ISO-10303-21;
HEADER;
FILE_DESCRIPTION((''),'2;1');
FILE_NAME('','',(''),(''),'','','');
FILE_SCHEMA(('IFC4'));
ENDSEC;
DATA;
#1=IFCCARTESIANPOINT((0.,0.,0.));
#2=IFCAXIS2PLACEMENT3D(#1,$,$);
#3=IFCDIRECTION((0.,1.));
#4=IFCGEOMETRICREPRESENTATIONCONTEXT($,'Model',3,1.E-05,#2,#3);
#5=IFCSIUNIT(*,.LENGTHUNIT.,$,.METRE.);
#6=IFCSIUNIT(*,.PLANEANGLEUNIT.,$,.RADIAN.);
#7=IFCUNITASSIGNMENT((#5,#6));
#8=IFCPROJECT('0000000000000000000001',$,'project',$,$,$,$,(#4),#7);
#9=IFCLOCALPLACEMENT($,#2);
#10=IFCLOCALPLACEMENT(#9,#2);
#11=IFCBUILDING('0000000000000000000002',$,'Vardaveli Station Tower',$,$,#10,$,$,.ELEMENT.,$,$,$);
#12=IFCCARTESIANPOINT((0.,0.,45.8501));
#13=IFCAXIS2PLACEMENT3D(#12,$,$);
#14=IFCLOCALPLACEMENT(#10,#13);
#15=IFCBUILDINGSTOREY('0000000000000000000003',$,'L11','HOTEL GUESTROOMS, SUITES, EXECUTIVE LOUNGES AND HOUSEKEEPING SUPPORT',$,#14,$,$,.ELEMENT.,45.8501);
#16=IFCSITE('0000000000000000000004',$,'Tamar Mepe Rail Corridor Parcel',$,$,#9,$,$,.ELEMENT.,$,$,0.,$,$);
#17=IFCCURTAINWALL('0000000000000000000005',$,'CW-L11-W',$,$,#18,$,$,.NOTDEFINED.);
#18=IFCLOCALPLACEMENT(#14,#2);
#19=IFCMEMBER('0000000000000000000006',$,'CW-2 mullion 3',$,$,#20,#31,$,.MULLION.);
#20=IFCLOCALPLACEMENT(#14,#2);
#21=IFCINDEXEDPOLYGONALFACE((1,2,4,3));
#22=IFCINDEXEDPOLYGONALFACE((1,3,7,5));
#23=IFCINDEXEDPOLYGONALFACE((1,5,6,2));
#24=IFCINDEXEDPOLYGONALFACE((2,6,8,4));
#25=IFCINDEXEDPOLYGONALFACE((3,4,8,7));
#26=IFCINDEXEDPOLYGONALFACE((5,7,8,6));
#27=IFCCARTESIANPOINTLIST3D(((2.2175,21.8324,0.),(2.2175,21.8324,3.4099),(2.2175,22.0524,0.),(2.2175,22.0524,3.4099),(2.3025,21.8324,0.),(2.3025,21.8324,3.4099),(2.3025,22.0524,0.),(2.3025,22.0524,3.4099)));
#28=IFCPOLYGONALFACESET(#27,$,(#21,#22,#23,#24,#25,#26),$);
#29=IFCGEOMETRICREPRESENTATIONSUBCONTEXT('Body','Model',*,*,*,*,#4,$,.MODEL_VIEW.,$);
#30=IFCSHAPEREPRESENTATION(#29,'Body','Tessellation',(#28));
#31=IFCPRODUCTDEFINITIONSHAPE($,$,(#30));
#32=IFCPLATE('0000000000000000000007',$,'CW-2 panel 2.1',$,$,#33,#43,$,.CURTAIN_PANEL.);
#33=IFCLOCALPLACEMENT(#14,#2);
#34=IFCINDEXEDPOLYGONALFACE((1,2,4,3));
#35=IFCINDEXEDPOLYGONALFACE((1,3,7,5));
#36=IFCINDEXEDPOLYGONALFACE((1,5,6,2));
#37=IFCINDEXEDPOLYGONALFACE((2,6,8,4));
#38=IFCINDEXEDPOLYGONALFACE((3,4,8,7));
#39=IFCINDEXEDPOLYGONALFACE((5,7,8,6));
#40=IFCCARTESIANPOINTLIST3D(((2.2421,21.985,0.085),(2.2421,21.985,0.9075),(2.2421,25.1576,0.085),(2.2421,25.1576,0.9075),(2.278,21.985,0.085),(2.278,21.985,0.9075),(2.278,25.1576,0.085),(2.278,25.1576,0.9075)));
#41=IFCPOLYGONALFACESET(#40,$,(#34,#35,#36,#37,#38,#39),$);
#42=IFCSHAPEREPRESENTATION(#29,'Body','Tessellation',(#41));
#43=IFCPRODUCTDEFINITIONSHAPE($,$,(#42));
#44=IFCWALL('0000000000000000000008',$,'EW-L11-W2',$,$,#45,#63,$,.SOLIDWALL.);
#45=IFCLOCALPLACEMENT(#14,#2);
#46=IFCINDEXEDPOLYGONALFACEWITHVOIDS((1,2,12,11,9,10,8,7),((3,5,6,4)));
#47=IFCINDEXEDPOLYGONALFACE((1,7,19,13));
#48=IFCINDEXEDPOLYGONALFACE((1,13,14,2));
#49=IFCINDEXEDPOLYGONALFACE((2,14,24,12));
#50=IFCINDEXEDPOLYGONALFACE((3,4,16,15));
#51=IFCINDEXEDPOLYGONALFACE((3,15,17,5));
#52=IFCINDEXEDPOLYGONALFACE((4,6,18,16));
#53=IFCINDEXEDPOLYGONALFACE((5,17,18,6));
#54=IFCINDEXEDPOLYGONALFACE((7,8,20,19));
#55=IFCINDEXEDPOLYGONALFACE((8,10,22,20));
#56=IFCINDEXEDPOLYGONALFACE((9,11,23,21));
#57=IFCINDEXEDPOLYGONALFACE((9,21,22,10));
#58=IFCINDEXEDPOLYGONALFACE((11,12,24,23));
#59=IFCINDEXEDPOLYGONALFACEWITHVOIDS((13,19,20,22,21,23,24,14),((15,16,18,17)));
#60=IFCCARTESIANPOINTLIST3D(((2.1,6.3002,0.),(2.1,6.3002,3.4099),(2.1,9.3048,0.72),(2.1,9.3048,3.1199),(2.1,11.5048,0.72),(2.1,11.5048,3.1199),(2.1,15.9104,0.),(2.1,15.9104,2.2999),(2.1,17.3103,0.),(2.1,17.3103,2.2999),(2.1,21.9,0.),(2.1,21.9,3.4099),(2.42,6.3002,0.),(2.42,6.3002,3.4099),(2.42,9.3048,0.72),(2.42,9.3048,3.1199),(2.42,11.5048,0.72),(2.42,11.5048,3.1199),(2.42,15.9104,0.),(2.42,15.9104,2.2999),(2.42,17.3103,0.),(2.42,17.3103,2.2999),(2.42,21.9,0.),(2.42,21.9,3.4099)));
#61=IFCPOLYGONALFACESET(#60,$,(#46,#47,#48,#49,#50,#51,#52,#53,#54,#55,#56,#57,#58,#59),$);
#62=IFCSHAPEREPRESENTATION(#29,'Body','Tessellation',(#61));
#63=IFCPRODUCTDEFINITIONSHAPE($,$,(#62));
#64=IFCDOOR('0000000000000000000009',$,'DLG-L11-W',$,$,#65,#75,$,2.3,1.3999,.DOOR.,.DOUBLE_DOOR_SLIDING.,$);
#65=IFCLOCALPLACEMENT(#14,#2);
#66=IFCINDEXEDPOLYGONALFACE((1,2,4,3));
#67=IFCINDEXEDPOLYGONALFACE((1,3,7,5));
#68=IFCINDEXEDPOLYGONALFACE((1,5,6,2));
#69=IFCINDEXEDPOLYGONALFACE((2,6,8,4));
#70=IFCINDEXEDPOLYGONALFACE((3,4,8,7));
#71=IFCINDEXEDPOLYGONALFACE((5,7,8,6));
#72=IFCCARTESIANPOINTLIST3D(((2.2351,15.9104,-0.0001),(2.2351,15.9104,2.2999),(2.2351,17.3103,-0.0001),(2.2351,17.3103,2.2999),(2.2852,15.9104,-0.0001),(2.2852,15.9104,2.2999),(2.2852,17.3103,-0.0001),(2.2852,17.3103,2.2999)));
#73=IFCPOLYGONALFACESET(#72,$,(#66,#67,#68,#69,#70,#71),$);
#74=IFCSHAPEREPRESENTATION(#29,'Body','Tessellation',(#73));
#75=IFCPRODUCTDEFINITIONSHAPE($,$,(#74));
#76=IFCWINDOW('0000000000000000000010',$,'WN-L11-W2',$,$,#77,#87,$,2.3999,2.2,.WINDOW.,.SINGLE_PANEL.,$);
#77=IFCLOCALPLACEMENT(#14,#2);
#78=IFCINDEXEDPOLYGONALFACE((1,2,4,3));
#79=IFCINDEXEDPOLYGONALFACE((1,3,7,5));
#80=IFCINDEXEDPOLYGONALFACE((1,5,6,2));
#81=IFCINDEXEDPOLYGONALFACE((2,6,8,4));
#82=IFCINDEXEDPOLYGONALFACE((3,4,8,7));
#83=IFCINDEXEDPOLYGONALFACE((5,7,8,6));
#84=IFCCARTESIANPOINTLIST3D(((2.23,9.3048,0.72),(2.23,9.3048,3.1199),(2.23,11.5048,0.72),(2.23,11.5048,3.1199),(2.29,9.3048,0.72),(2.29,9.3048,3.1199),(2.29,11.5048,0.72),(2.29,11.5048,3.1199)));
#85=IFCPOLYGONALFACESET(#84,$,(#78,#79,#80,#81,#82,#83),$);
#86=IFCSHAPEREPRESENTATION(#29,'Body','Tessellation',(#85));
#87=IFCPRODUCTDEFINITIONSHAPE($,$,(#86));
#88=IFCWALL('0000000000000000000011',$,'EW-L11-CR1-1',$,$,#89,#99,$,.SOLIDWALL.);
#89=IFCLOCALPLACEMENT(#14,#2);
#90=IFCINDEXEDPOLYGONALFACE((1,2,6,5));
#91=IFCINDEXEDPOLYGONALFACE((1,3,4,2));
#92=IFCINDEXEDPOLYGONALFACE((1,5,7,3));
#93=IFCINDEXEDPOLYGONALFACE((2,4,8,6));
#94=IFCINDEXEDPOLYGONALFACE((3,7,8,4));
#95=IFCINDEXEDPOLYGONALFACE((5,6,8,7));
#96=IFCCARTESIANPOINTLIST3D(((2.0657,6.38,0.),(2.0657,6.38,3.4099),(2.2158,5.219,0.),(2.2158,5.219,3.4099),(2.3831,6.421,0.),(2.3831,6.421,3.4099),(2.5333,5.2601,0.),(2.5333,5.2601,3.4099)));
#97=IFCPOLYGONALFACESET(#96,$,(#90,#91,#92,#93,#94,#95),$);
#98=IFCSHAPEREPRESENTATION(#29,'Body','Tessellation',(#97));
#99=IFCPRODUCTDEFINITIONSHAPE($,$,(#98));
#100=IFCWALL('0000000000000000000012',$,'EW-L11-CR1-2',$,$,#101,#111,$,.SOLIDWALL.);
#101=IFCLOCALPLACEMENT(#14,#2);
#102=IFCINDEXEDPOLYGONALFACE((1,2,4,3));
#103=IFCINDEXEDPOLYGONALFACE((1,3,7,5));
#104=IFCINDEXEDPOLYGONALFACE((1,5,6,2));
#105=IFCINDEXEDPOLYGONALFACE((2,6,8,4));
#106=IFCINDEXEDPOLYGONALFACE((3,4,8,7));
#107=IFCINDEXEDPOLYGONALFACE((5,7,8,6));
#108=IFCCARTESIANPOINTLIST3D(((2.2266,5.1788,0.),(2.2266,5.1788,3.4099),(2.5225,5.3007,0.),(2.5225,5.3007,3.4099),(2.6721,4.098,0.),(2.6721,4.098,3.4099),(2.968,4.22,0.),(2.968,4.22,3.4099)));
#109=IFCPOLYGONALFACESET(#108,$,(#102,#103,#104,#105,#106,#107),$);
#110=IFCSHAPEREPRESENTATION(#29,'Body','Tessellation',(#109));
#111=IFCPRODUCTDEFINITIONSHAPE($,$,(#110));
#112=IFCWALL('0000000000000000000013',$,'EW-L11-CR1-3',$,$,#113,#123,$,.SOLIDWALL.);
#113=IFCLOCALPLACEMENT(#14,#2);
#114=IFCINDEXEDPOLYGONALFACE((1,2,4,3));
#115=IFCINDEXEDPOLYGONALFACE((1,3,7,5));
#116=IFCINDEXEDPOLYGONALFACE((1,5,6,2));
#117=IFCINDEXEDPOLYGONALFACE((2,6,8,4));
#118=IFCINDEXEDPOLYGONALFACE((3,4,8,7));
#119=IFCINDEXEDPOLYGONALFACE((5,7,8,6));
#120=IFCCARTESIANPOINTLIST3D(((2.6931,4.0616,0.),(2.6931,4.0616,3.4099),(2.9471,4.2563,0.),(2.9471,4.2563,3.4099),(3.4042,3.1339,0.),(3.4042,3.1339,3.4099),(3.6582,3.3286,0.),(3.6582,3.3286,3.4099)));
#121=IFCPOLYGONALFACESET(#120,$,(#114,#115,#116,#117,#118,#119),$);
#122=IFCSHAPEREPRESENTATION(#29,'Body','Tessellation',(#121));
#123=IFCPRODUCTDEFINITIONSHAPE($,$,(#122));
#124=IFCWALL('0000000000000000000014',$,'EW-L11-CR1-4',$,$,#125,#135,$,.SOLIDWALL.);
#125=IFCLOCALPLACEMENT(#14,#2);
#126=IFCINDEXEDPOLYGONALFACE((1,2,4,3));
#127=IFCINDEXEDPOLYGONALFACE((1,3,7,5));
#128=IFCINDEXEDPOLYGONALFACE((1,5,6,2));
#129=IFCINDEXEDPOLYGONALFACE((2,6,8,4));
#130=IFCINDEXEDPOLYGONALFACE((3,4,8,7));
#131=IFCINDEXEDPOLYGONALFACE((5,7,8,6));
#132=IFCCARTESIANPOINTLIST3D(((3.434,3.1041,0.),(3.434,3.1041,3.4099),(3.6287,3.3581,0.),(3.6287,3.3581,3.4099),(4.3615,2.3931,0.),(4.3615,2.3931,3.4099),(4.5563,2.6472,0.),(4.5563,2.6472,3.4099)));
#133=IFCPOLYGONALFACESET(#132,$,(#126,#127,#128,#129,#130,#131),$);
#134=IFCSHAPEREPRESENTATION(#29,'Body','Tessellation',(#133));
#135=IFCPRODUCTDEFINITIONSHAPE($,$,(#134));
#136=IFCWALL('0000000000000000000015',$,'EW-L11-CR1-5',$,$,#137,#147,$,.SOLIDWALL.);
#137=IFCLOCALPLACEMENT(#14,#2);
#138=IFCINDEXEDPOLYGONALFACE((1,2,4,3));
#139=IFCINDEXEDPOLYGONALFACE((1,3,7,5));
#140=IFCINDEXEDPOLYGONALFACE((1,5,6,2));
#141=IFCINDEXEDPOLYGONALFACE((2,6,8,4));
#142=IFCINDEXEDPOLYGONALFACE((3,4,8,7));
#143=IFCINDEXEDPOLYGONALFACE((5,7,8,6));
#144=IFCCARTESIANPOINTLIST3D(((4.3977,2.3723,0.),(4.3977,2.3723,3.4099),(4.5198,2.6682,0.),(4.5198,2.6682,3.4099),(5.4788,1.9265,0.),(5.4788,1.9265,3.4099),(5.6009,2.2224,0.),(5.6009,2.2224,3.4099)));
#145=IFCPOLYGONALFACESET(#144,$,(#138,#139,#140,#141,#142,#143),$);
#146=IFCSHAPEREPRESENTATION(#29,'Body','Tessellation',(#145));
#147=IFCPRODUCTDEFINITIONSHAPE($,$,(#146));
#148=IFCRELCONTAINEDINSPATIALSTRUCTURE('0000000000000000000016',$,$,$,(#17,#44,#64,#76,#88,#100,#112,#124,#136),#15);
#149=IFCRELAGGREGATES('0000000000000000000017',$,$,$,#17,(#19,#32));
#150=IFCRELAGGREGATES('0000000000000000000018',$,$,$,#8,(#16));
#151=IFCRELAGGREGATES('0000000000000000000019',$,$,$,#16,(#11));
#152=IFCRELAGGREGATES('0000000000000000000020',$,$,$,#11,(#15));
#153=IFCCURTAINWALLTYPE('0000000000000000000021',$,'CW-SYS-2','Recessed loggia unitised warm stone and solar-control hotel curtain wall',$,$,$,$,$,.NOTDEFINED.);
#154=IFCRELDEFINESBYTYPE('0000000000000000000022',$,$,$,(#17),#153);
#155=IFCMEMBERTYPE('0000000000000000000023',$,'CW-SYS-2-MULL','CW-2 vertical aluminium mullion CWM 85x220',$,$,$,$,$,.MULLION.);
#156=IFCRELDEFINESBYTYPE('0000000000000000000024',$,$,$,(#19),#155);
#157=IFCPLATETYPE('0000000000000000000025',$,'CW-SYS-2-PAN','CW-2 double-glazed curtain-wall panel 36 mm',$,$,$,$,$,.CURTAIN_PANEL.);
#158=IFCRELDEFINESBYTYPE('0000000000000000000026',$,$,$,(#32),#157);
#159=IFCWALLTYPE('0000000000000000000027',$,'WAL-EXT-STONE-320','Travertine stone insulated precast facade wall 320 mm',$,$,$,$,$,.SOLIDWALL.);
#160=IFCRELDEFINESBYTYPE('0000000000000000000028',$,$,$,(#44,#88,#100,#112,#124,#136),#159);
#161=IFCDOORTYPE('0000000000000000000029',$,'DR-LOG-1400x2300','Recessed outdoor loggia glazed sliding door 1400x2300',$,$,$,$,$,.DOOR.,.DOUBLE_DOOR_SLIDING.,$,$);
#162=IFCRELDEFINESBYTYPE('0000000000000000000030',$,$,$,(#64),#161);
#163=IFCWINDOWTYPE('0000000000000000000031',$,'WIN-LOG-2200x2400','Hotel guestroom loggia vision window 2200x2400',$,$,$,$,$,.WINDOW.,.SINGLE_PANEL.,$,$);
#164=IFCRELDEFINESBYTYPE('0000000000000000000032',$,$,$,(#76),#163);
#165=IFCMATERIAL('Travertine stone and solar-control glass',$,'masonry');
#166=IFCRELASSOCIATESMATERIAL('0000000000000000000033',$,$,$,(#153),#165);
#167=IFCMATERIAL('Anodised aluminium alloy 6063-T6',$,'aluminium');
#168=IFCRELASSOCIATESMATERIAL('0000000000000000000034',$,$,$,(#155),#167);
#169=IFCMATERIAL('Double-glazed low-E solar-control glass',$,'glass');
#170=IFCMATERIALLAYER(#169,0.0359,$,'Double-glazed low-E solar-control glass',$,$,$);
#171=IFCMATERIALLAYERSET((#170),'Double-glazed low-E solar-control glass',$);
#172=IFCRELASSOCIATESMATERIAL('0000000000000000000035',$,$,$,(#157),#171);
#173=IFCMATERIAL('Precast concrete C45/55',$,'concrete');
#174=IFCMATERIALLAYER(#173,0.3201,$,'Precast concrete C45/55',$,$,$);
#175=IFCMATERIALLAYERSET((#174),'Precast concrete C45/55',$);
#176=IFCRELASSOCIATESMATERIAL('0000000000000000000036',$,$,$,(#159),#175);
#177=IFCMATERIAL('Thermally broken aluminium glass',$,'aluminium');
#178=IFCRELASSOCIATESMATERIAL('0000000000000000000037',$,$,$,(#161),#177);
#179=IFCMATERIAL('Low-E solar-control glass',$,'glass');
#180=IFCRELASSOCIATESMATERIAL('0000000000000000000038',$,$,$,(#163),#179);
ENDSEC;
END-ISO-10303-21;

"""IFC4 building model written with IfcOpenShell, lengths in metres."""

from ifc_helpers import new_model, si_unit, direction, frame, frame_2d, origin, origin_2d, place, context, subcontext, project, spatial, rectangle, extrude, source, transform, mapped, material, layer, layer_set, material_profile, profile_set, type_object, element, fill, aggregate, save


model = new_model("IFC4")

# Units and contexts
model_context = context("Model", 3, precision=1e-05, world=origin(), true_north=direction((0.0, 1.0)))
body_context = subcontext(model_context, "Body", "Model", "MODEL_VIEW")
ifc_project = project(units=[si_unit("LENGTHUNIT", "METRE"), si_unit("PLANEANGLEUNIT", "RADIAN")], contexts=[model_context])

# Site, building, storey
site_placement = place(None, origin())
site = spatial("IfcSite", under=ifc_project, at=site_placement, Name="Tamar Mepe Rail Corridor Parcel", CompositionType="ELEMENT", RefElevation=0.0)
building_placement = place(site_placement, origin())
building = spatial("IfcBuilding", under=site, at=building_placement, Name="Vardaveli Station Tower", CompositionType="ELEMENT")
storey_placement = place(building_placement, frame((0.0, 0.0, 45.8501)))
storey = spatial("IfcBuildingStorey", under=building, at=storey_placement, Name="L11", Description="HOTEL GUESTROOMS, SUITES, EXECUTIVE LOUNGES AND HOUSEKEEPING SUPPORT", CompositionType="ELEMENT", Elevation=45.8501)

# Shared definitions
ifc_material_1 = material(Name="Precast concrete C45/55", Category="concrete")

# Curtain wall, member, plate
ifc_material_2 = material(Name="Travertine stone and solar-control glass", Category="masonry")
curtain_wall_type = type_object("IfcCurtainWallType", Name="CW-SYS-2", Description="Recessed loggia unitised warm stone and solar-control hotel curtain wall", PredefinedType="NOTDEFINED", material=ifc_material_2)
curtain_wall_placement = place(storey_placement, origin())
curtain_wall = element("IfcCurtainWall", 1, at=curtain_wall_placement, inside=storey, type_object=curtain_wall_type, Name="CW-L11-W", PredefinedType="NOTDEFINED")
ifc_material_3 = material(Name="Anodised aluminium alloy 6063-T6", Category="aluminium")
ifc_material_profile_1 = material_profile(ifc_material_3, rectangle(XDim=0.085, YDim=0.22, at=origin_2d()), Name="CWM 85x220")
ifc_profile_set_1 = profile_set([ifc_material_profile_1], Name="Anodised aluminium alloy 6063-T6")
member_type = type_object("IfcMemberType", Name="CW-SYS-2-MULL", Description="CW-2 vertical aluminium mullion CWM 85x220", PredefinedType="MULLION", material=ifc_profile_set_1)
shared_shape_1 = source(origin(), body_context, "Body", "SweptSolid", [
    extrude(rectangle(XDim=0.085, YDim=0.22, at=origin_2d()), origin(), (0.0, 0.0, 1.0), 3.4099),
])
member_placement = place(storey_placement, frame((2.26, 21.9424, 0.0), z_axis=(0.0, 0.0, 1.0), x_axis=(1.0, 0.0, 0.0)))
member = element("IfcMember", 2, at=member_placement, type_object=member_type, Name="CW-2 mullion 3", PredefinedType="MULLION", context=body_context, shape_type="MappedRepresentation", body=[
    mapped(shared_shape_1, transform((0.0, 0.0, 0.0), scale=1.0)),
])
ifc_material_4 = material(Name="Double-glazed low-E solar-control glass", Category="glass")
ifc_layer_1 = layer(ifc_material_4, 0.0359, Name="Double-glazed low-E solar-control glass")
ifc_layer_set_1 = layer_set([ifc_layer_1], Name="Double-glazed low-E solar-control glass")
plate_type = type_object("IfcPlateType", Name="CW-SYS-2-PAN", Description="CW-2 double-glazed curtain-wall panel 36 mm", PredefinedType="CURTAIN_PANEL", material=ifc_layer_set_1)
shared_shape_2 = source(origin(), body_context, "Body", "SweptSolid", [
    extrude(rectangle(XDim=3.1726, YDim=0.0359, at=origin_2d()), origin(), (0.0, 0.0, 1.0), 0.8225),
])
plate_placement = place(storey_placement, frame((2.26, 23.5713, 0.085), z_axis=(0.0, 0.0, 1.0), x_axis=(0.0, -1.0, 0.0)))
plate = element("IfcPlate", 3, at=plate_placement, type_object=plate_type, Name="CW-2 panel 2.1", PredefinedType="CURTAIN_PANEL", context=body_context, shape_type="MappedRepresentation", body=[
    mapped(shared_shape_2, transform((0.0, 0.0, 0.0), scale=1.0)),
])
aggregate(curtain_wall, [member, plate])

# Wall, openings, door, window
ifc_layer_2 = layer(ifc_material_1, 0.3201, Name="Precast concrete C45/55")
ifc_layer_set_2 = layer_set([ifc_layer_2], Name="Precast concrete C45/55")
wall_type_1 = type_object("IfcWallType", Name="WAL-EXT-STONE-320", Description="Travertine stone insulated precast facade wall 320 mm", PredefinedType="SOLIDWALL", material=ifc_layer_set_2)
shared_shape_3 = source(origin(), body_context, "Body", "SweptSolid", [
    extrude(rectangle(XDim=15.5999, YDim=0.3201, at=frame_2d((7.7998, 0.0))), origin(), (0.0, 0.0, 1.0), 3.4099),
])
wall_1_placement = place(storey_placement, frame((2.26, 21.8999, 0.0), z_axis=(0.0, 0.0, 1.0), x_axis=(0.0, -1.0, 0.0)))
wall_1 = element("IfcWall", 4, at=wall_1_placement, inside=storey, type_object=wall_type_1, Name="EW-L11-W2", PredefinedType="SOLIDWALL", context=body_context, shape_type="MappedRepresentation", body=[
    mapped(shared_shape_3, transform((0.0, 0.0, 0.0), scale=1.0)),
])
shared_shape_4 = source(origin(), body_context, "Body", "SweptSolid", [
    extrude(rectangle(XDim=1.3999, YDim=2.3, at=frame_2d((0.7, 1.1499))), frame((0.0, 0.1699, 0.0), z_axis=(0.0, -1.0, 0.0), x_axis=(1.0, 0.0, 0.0)), (0.0, 0.0, 1.0), 0.3401),
])
opening_1_placement = place(wall_1_placement, frame((4.5896, 0.0, 0.0)))
opening_1 = element("IfcOpeningElement", 5, at=opening_1_placement, cuts=wall_1, PredefinedType="OPENING", context=body_context, shape_type="MappedRepresentation", body=[
    mapped(shared_shape_4, transform((0.0, 0.0, 0.0), scale=1.0)),
])
shared_shape_5 = source(origin(), body_context, "Body", "SweptSolid", [
    extrude(rectangle(XDim=2.2, YDim=2.3999, at=frame_2d((1.1001, 1.2))), frame((0.0, 0.1699, 0.0), z_axis=(0.0, -1.0, 0.0), x_axis=(1.0, 0.0, 0.0)), (0.0, 0.0, 1.0), 0.3401),
])
opening_2_placement = place(wall_1_placement, frame((10.395, 0.0, 0.72)))
opening_2 = element("IfcOpeningElement", 6, at=opening_2_placement, cuts=wall_1, PredefinedType="OPENING", context=body_context, shape_type="MappedRepresentation", body=[
    mapped(shared_shape_5, transform((0.0, 0.0, 0.0), scale=1.0)),
])
ifc_material_5 = material(Name="Thermally broken aluminium glass", Category="aluminium")
door_type_1 = type_object("IfcDoorType", Name="DR-LOG-1400x2300", Description="Recessed outdoor loggia glazed sliding door 1400x2300", OperationType="DOUBLE_DOOR_SLIDING", PredefinedType="DOOR", material=ifc_material_5)
shared_shape_6 = source(origin(), body_context, "Body", "SweptSolid", [
    extrude(rectangle(XDim=1.3999, YDim=2.3, at=frame_2d((0.7, 1.1499))), frame((0.0, 0.0249, 0.0), z_axis=(0.0, -1.0, 0.0), x_axis=(1.0, 0.0, 0.0)), (0.0, 0.0, 1.0), 0.05),
])
door_1_placement = place(opening_1_placement, frame((1.3999, 0.0, 0.0), z_axis=(0.0, 0.0, 1.0), x_axis=(-1.0, 0.0, 0.0)))
door_1 = element("IfcDoor", 7, at=door_1_placement, inside=storey, type_object=door_type_1, Name="DLG-L11-W", OperationType="DOUBLE_DOOR_SLIDING", OverallHeight=2.3, OverallWidth=1.3999, PredefinedType="DOOR", context=body_context, shape_type="MappedRepresentation", body=[
    mapped(shared_shape_6, transform((0.0, 0.0, 0.0), scale=1.0)),
])
fill(opening_1, door_1)
ifc_material_6 = material(Name="Low-E solar-control glass", Category="glass")
window_type = type_object("IfcWindowType", Name="WIN-LOG-2200x2400", Description="Hotel guestroom loggia vision window 2200x2400", PartitioningType="SINGLE_PANEL", PredefinedType="WINDOW", material=ifc_material_6)
shared_shape_7 = source(origin(), body_context, "Body", "SweptSolid", [
    extrude(rectangle(XDim=2.2, YDim=2.3999, at=frame_2d((1.1001, 1.2))), frame((0.0, 0.03, 0.0), z_axis=(0.0, -1.0, 0.0), x_axis=(1.0, 0.0, 0.0)), (0.0, 0.0, 1.0), 0.0601),
])
window_placement = place(opening_2_placement, origin())
window = element("IfcWindow", 8, at=window_placement, inside=storey, type_object=window_type, Name="WN-L11-W2", OverallHeight=2.3999, OverallWidth=2.2, PartitioningType="SINGLE_PANEL", PredefinedType="WINDOW", context=body_context, shape_type="MappedRepresentation", body=[
    mapped(shared_shape_7, transform((0.0, 0.0, 0.0), scale=1.0)),
])
fill(opening_2, window)

# Walls
shared_shape_8 = source(origin(), body_context, "Body", "SweptSolid", [
    extrude(rectangle(XDim=1.1707, YDim=0.3201, at=frame_2d((0.5854, 0.0))), origin(), (0.0, 0.0, 1.0), 3.4099),
])
wall_2_placement = place(storey_placement, frame((2.2244, 6.4006, 0.0), z_axis=(0.0, 0.0, 1.0), x_axis=(0.128269, -0.991739, 0.0)))
element("IfcWall", 9, at=wall_2_placement, inside=storey, type_object=wall_type_1, Name="EW-L11-CR1-1", PredefinedType="SOLIDWALL", context=body_context, shape_type="MappedRepresentation", body=[
    mapped(shared_shape_8, transform((0.0, 0.0, 0.0), scale=1.0)),
])
shared_shape_9 = source(origin(), body_context, "Body", "SweptSolid", [
    extrude(rectangle(XDim=1.1689, YDim=0.3201, at=frame_2d((0.5845, 0.0))), origin(), (0.0, 0.0, 1.0), 3.4099),
])
for number, where, z_axis, x_axis, name in (
    (10, (2.3745, 5.2397, 0.0), (0.0, 0.0, 1.0), (0.381128, -0.924522, 0.0), "EW-L11-CR1-2"),
    (11, (2.8201, 4.1589, 0.0), (0.0, 0.0, 1.0), (0.608388, -0.79364, 0.0), "EW-L11-CR1-3"),
):
    element("IfcWall", number, at=place(storey_placement, frame(where, z_axis=z_axis, x_axis=x_axis)), inside=storey, type_object=wall_type_1, Name=name, PredefinedType="SOLIDWALL", context=body_context, shape_type="MappedRepresentation", body=[
        mapped(shared_shape_9, transform((0.0, 0.0, 0.0), scale=1.0)),
    ])
shared_shape_10 = source(origin(), body_context, "Body", "SweptSolid", [
    extrude(rectangle(XDim=1.1687, YDim=0.3201, at=frame_2d((0.5845, 0.0))), origin(), (0.0, 0.0, 1.0), 3.4099),
])
wall_3_placement = place(storey_placement, frame((3.5312, 3.2312, 0.0), z_axis=(0.0, 0.0, 1.0), x_axis=(0.793664, -0.608357, 0.0)))
element("IfcWall", 12, at=wall_3_placement, inside=storey, type_object=wall_type_1, Name="EW-L11-CR1-4", PredefinedType="SOLIDWALL", context=body_context, shape_type="MappedRepresentation", body=[
    mapped(shared_shape_10, transform((0.0, 0.0, 0.0), scale=1.0)),
])
shared_shape_11 = source(origin(), body_context, "Body", "SweptSolid", [
    extrude(rectangle(XDim=1.1694, YDim=0.3201, at=frame_2d((0.5847, 0.0))), origin(), (0.0, 0.0, 1.0), 3.4099),
])
wall_4_placement = place(storey_placement, frame((4.4587, 2.5203, 0.0), z_axis=(0.0, 0.0, 1.0), x_axis=(0.924479, -0.381233, 0.0)))
element("IfcWall", 13, at=wall_4_placement, inside=storey, type_object=wall_type_1, Name="EW-L11-CR1-5", PredefinedType="SOLIDWALL", context=body_context, shape_type="MappedRepresentation", body=[
    mapped(shared_shape_11, transform((0.0, 0.0, 0.0), scale=1.0)),
])

save(model, "model.ifc")
